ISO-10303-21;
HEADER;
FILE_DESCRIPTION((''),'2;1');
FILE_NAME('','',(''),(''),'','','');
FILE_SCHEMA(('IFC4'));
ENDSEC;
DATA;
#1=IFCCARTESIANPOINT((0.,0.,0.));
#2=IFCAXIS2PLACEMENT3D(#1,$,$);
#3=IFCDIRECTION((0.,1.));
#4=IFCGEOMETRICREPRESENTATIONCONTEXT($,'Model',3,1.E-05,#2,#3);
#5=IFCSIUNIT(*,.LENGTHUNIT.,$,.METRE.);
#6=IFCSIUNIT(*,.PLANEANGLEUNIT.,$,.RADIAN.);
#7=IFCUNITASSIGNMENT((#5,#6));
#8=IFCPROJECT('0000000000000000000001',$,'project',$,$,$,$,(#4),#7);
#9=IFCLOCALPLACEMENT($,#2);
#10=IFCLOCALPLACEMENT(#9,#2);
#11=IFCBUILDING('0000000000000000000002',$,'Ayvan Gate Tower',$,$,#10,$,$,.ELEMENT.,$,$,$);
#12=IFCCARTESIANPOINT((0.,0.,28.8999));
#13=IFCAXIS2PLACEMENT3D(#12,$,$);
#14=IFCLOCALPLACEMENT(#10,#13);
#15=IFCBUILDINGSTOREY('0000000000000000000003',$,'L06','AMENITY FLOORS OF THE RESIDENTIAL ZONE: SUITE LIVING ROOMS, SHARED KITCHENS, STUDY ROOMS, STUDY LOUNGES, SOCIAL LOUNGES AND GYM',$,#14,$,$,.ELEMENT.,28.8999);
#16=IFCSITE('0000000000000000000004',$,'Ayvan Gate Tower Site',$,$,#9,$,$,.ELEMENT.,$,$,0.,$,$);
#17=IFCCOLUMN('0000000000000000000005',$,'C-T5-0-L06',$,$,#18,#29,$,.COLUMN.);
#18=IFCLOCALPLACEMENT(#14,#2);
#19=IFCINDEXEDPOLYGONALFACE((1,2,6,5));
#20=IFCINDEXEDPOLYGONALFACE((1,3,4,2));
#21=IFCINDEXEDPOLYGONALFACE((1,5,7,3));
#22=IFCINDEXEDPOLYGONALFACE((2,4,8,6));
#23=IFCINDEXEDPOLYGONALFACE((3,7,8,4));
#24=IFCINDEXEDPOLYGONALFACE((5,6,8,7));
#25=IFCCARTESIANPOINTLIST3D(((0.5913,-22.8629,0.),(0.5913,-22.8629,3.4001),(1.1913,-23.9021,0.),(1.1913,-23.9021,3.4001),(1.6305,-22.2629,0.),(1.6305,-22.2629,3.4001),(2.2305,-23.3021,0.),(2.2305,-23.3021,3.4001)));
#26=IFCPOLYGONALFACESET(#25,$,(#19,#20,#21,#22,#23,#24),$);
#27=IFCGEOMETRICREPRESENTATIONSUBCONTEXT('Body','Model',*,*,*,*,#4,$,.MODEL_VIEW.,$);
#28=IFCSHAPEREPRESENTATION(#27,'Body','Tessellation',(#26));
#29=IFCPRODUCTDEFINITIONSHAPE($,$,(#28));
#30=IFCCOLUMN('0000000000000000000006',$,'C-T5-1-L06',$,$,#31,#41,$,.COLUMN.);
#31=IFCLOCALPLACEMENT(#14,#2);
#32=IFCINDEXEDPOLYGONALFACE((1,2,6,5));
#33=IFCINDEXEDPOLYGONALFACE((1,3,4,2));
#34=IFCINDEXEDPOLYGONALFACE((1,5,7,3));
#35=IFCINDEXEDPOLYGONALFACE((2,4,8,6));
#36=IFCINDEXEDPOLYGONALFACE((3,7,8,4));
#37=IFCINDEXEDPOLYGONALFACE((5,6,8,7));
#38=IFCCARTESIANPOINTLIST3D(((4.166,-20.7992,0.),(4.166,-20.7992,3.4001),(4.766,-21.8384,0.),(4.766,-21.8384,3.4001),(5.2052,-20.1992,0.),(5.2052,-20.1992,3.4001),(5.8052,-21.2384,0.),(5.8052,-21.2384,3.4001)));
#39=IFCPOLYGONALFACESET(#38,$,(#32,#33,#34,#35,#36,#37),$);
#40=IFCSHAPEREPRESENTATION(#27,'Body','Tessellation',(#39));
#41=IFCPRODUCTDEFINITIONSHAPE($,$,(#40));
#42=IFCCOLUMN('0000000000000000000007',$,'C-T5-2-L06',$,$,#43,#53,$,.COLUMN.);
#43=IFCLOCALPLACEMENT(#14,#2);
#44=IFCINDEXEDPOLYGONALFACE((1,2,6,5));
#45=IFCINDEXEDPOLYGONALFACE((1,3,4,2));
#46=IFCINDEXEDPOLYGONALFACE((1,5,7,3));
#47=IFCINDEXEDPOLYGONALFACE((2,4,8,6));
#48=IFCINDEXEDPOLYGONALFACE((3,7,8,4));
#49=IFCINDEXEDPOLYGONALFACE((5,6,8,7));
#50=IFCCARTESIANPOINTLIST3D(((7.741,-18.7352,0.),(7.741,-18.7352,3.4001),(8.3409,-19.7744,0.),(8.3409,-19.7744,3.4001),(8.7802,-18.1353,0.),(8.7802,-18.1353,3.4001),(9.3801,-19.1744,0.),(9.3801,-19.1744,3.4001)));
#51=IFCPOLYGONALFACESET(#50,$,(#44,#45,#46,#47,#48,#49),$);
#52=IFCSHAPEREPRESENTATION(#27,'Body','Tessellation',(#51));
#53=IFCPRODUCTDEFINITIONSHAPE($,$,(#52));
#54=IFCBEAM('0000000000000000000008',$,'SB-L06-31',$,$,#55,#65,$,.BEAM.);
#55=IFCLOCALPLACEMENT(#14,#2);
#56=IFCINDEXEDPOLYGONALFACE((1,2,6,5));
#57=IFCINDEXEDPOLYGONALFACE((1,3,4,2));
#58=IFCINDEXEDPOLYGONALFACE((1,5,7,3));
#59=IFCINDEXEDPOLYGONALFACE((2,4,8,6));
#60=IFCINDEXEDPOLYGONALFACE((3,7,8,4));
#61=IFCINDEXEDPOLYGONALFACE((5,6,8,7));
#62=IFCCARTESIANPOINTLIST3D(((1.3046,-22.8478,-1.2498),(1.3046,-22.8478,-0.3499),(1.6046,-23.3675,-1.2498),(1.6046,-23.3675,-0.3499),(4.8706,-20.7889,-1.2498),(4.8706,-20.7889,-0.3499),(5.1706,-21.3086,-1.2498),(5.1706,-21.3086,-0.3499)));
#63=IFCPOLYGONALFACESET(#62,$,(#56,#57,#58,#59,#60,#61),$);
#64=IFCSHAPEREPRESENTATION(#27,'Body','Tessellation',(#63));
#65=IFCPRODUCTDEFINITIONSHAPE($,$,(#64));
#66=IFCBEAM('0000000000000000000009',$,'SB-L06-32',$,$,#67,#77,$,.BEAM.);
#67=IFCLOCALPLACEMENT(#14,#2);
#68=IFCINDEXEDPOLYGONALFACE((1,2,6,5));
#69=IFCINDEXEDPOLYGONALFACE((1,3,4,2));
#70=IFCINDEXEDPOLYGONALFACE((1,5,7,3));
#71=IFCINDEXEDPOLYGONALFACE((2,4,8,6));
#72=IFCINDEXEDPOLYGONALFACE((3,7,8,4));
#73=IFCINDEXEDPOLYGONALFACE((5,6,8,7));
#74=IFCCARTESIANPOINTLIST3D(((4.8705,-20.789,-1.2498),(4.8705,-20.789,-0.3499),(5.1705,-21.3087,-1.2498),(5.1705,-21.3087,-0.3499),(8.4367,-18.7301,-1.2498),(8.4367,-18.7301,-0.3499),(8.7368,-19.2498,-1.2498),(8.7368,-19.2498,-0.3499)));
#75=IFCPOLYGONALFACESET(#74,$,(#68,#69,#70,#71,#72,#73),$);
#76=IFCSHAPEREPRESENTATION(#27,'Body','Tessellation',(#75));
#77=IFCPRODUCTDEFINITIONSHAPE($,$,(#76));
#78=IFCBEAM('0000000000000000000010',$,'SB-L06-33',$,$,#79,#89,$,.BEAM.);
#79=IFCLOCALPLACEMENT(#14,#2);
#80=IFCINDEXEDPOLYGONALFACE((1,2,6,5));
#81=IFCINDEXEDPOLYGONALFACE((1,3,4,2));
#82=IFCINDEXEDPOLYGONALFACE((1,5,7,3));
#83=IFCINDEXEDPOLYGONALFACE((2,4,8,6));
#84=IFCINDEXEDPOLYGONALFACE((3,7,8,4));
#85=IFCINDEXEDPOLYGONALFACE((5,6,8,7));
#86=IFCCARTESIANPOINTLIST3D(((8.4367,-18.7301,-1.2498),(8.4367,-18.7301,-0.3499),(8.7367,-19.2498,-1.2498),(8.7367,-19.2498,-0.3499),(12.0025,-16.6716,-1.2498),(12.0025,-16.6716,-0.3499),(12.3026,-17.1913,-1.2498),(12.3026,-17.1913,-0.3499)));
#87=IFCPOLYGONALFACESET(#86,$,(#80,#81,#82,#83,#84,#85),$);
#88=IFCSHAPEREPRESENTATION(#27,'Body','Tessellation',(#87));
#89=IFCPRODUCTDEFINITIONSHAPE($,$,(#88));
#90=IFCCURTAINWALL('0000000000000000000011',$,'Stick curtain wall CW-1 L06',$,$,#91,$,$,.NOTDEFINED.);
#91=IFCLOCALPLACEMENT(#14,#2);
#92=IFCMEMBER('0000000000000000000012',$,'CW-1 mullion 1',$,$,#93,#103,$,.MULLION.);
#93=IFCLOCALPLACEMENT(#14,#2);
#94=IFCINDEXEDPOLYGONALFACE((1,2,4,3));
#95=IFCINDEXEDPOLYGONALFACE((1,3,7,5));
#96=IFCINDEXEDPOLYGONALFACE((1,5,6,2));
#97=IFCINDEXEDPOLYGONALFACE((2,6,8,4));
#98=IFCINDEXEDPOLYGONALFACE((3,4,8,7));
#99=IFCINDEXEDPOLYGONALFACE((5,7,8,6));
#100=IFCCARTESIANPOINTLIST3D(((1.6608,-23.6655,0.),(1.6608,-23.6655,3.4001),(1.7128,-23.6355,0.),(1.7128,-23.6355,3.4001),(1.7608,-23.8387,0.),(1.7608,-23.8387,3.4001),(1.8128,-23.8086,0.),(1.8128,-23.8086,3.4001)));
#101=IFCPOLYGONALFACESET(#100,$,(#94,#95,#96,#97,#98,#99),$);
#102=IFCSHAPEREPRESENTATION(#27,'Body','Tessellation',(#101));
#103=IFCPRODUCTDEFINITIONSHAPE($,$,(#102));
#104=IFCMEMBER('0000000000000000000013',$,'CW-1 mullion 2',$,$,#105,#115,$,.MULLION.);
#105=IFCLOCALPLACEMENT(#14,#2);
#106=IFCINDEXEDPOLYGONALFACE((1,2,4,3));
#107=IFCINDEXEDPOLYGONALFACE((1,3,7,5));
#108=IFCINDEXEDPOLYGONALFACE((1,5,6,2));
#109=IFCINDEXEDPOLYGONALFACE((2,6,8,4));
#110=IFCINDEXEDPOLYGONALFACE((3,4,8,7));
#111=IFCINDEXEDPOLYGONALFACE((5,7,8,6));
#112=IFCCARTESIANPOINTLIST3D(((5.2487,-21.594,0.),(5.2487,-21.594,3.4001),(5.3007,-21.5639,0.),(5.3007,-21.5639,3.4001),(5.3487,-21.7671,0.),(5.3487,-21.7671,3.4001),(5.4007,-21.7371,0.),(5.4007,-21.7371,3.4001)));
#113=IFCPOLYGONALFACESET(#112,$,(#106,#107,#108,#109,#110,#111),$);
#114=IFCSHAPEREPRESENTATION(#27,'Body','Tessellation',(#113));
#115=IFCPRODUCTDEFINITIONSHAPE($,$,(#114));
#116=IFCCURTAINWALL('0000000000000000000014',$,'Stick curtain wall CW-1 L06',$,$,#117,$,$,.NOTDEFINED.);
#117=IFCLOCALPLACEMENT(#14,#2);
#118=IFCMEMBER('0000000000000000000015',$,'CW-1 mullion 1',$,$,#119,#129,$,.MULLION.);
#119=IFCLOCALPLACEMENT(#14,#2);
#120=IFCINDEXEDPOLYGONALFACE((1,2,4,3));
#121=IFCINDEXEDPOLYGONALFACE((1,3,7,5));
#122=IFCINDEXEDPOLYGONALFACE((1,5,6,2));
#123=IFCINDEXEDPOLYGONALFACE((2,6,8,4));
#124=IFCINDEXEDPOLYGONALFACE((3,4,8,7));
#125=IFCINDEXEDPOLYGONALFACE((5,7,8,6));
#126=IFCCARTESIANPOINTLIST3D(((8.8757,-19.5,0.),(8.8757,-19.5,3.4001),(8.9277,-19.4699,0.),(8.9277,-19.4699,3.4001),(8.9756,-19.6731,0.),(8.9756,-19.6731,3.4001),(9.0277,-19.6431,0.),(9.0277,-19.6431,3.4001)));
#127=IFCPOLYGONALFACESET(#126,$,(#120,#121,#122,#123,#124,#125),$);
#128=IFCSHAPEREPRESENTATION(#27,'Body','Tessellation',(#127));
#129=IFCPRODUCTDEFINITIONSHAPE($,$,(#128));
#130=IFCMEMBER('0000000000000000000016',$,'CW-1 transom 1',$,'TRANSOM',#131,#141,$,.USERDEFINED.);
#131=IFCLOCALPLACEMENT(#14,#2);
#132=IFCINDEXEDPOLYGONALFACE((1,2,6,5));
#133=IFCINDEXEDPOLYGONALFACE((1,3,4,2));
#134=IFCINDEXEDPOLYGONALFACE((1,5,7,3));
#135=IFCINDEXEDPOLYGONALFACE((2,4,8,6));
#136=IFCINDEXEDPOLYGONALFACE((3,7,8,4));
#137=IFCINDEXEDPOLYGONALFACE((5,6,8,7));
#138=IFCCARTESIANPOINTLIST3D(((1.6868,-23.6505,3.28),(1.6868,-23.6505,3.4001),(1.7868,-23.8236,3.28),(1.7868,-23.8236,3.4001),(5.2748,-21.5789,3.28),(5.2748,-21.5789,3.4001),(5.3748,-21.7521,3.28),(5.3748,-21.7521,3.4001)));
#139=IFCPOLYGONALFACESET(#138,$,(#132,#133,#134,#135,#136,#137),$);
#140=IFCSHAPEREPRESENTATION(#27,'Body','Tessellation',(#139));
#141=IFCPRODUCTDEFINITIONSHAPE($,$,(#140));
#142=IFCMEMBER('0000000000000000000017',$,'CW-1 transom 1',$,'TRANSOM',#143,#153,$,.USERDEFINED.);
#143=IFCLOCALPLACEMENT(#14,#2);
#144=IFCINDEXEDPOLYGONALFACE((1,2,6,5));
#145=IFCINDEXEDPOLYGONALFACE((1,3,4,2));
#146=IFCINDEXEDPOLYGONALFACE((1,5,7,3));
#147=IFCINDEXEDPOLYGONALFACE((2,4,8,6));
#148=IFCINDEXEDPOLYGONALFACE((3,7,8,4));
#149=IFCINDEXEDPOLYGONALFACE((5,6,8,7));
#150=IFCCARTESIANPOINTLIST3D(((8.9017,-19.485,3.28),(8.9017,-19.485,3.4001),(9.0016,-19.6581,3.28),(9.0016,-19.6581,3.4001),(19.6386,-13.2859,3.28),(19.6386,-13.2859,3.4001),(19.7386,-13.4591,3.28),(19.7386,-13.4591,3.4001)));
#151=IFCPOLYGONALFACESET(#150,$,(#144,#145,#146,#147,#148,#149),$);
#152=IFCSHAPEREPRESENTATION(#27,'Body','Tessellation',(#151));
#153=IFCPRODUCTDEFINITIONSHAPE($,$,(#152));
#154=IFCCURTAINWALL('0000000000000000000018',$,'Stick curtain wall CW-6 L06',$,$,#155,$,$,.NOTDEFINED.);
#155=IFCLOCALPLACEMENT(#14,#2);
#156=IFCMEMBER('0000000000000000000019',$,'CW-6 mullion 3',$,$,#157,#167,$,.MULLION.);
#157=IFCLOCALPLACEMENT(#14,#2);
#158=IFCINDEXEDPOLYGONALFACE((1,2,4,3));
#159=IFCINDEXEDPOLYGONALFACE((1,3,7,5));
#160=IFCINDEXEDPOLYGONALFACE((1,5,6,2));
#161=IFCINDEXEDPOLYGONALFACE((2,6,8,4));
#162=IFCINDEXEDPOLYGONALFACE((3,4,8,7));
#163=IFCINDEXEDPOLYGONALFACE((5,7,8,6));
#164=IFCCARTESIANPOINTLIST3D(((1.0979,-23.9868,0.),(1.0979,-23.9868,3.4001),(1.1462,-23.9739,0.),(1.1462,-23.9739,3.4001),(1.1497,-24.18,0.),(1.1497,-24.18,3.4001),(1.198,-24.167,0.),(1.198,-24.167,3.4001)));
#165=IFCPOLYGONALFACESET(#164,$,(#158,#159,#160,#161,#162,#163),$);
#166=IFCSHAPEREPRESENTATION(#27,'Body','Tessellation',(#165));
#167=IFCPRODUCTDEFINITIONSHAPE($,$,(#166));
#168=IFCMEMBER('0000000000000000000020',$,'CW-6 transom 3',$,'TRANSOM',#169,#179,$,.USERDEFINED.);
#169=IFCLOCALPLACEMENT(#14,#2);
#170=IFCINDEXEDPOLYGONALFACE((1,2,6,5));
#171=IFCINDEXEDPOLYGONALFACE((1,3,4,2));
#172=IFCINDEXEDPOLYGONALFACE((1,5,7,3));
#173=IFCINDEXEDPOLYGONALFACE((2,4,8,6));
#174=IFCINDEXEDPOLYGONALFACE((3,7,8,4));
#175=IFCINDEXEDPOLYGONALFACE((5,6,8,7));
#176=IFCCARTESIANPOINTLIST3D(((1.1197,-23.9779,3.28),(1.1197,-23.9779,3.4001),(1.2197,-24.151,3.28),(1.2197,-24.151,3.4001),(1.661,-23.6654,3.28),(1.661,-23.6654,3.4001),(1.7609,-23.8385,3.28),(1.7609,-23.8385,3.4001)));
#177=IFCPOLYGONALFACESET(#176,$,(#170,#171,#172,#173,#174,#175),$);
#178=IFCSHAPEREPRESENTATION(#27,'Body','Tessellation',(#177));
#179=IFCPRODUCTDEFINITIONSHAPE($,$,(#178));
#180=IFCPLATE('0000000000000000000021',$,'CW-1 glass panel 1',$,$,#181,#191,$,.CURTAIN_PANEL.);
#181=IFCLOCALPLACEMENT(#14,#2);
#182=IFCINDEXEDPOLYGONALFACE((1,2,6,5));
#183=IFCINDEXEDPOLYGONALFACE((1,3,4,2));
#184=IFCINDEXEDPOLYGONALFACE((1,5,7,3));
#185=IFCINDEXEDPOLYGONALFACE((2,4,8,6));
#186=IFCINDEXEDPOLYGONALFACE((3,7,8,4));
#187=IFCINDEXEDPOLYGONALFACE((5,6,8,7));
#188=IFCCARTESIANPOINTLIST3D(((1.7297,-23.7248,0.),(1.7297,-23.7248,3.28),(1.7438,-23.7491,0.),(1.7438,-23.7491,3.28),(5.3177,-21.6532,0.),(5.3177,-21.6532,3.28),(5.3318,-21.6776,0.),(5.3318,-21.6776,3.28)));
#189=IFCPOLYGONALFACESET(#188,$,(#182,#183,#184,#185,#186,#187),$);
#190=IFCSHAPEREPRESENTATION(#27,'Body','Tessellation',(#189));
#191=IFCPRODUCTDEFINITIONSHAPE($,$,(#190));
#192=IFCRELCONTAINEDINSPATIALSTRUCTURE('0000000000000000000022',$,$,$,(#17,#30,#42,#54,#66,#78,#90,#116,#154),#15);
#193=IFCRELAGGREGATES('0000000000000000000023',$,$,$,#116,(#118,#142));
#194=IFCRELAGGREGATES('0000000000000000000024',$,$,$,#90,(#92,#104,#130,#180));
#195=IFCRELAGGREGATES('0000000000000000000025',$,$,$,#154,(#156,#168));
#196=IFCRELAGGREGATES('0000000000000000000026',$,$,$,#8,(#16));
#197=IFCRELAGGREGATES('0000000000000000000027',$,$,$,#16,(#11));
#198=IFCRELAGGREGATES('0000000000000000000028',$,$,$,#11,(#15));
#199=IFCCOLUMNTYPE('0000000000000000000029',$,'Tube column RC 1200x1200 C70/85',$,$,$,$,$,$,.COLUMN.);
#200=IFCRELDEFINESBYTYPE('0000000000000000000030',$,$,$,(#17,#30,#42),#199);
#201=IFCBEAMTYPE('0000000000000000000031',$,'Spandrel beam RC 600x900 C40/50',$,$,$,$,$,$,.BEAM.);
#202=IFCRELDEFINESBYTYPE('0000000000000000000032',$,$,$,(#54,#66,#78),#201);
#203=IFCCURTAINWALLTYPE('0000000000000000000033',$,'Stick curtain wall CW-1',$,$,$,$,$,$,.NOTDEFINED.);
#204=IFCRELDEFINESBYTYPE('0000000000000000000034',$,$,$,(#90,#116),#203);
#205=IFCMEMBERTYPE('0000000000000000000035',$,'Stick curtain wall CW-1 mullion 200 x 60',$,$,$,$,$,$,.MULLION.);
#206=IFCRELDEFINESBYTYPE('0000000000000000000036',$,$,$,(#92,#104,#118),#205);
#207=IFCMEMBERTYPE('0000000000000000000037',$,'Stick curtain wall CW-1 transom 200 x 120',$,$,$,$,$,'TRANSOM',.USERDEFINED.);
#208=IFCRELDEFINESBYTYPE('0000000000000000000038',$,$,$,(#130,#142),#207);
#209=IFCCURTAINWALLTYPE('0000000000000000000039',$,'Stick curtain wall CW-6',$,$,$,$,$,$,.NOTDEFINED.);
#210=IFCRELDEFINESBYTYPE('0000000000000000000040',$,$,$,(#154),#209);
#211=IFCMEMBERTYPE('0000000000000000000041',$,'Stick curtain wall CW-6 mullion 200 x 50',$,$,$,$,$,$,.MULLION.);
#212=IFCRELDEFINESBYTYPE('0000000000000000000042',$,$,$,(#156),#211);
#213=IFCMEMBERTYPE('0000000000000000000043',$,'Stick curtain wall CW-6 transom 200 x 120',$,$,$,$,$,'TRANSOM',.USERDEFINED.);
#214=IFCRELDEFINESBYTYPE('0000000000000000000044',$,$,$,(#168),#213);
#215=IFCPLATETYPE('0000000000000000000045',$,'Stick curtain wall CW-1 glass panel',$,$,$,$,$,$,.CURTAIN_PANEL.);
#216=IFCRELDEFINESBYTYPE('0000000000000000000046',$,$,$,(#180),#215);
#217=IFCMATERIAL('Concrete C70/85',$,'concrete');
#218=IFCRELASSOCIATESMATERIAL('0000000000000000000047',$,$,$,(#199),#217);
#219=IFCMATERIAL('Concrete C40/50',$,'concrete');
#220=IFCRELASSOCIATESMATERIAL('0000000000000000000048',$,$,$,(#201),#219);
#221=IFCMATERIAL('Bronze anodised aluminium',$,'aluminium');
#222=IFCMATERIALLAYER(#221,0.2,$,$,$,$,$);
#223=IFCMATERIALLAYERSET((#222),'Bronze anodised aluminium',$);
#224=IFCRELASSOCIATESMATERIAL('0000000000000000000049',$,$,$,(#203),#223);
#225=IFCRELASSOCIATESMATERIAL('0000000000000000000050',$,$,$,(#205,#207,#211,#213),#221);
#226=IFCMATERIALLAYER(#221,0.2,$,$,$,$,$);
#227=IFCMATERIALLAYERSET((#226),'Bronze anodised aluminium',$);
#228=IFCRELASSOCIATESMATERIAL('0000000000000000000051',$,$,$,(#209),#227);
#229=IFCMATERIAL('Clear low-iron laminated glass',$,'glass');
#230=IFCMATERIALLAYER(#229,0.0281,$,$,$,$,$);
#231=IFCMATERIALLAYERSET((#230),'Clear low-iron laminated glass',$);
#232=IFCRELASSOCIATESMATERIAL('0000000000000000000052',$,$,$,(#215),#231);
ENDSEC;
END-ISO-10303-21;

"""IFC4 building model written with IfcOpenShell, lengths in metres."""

from ifc_helpers import new_model, si_unit, direction, frame, origin, origin_2d, place, context, subcontext, project, spatial, rectangle, extrude, material, layer, layer_set, material_profile, profile_set, type_object, element, aggregate, save


model = new_model("IFC4")

# Units and contexts
model_context = context("Model", 3, precision=1e-05, world=origin(), true_north=direction((0.0, 1.0)))
body_context = subcontext(model_context, "Body", "Model", "MODEL_VIEW")
ifc_project = project(units=[si_unit("LENGTHUNIT", "METRE"), si_unit("PLANEANGLEUNIT", "RADIAN")], contexts=[model_context])

# Site, building, storey
site_placement = place(None, origin())
site = spatial("IfcSite", under=ifc_project, at=site_placement, Name="Ayvan Gate Tower Site", CompositionType="ELEMENT", RefElevation=0.0)
building_placement = place(site_placement, origin())
building = spatial("IfcBuilding", under=site, at=building_placement, Name="Ayvan Gate Tower", CompositionType="ELEMENT")
storey_placement = place(building_placement, frame((0.0, 0.0, 28.8999)))
storey = spatial("IfcBuildingStorey", under=building, at=storey_placement, Name="L06", Description="AMENITY FLOORS OF THE RESIDENTIAL ZONE: SUITE LIVING ROOMS, SHARED KITCHENS, STUDY ROOMS, STUDY LOUNGES, SOCIAL LOUNGES AND GYM", CompositionType="ELEMENT", Elevation=28.8999)

# Columns
ifc_material_1 = material(Name="Concrete C70/85", Category="concrete")
ifc_material_profile_1 = material_profile(ifc_material_1, rectangle(XDim=1.2, YDim=1.2, at=origin_2d()), Name="RC 1200x1200")
ifc_profile_set_1 = profile_set([ifc_material_profile_1], Name="Concrete C70/85")
column_type = type_object("IfcColumnType", Name="Tube column RC 1200x1200 C70/85", PredefinedType="COLUMN", material=ifc_profile_set_1)
for number, where, z_axis, x_axis, name in (
    (1, (1.4109, -23.0825, 0.0), (0.0, 0.0, 1.0), (0.5, -0.866025, 0.0), "C-T5-0-L06"),
    (2, (4.9856, -21.0188, 0.0), (0.0, 0.0, 1.0), (0.5, -0.866025, 0.0), "C-T5-1-L06"),
    (3, (8.5605, -18.9548, 0.0), (0.0, 0.0, 1.0), (0.5, -0.866025, 0.0), "C-T5-2-L06"),
):
    element("IfcColumn", number, at=place(storey_placement, frame(where, z_axis=z_axis, x_axis=x_axis)), inside=storey, type_object=column_type, Name=name, PredefinedType="COLUMN", context=body_context, shape_type="SweptSolid", body=[
        extrude(rectangle(XDim=1.2, YDim=1.2, at=origin_2d()), origin(), (0.0, 0.0, 1.0), 3.4001),
    ])

# Beams
ifc_material_2 = material(Name="Concrete C40/50", Category="concrete")
ifc_material_profile_2 = material_profile(ifc_material_2, rectangle(XDim=0.6001, YDim=0.8999, at=origin_2d()), Name="RC 600x900")
ifc_profile_set_2 = profile_set([ifc_material_profile_2], Name="Concrete C40/50")
beam_type = type_object("IfcBeamType", Name="Spandrel beam RC 600x900 C40/50", PredefinedType="BEAM", material=ifc_profile_set_2)
beam_1_placement = place(storey_placement, frame((1.4546, -23.1077, -0.7998), z_axis=(0.86602, 0.50001, 0.0), x_axis=(-0.50001, 0.86602, 0.0)))
element("IfcBeam", 4, at=beam_1_placement, inside=storey, type_object=beam_type, Name="SB-L06-31", PredefinedType="BEAM", context=body_context, shape_type="SweptSolid", body=[
    extrude(rectangle(XDim=0.6001, YDim=0.8999, at=origin_2d()), origin(), (0.0, 0.0, 1.0), 4.1177),
])
beam_2_placement = place(storey_placement, frame((5.0205, -21.0488, -0.7998), z_axis=(0.866035, 0.499984, 0.0), x_axis=(-0.499984, 0.866035, 0.0)))
element("IfcBeam", 5, at=beam_2_placement, inside=storey, type_object=beam_type, Name="SB-L06-32", PredefinedType="BEAM", context=body_context, shape_type="SweptSolid", body=[
    extrude(rectangle(XDim=0.6001, YDim=0.8999, at=origin_2d()), origin(), (0.0, 0.0, 1.0), 4.1179),
])
beam_3_placement = place(storey_placement, frame((8.5867, -18.99, -0.7998), z_axis=(0.866045, 0.499965, 0.0), x_axis=(-0.499965, 0.866045, 0.0)))
element("IfcBeam", 6, at=beam_3_placement, inside=storey, type_object=beam_type, Name="SB-L06-33", PredefinedType="BEAM", context=body_context, shape_type="SweptSolid", body=[
    extrude(rectangle(XDim=0.6001, YDim=0.8999, at=origin_2d()), origin(), (0.0, 0.0, 1.0), 4.1174),
])

# Curtain wall, members
ifc_material_3 = material(Name="Bronze anodised aluminium", Category="aluminium")
ifc_layer_1 = layer(ifc_material_3, 0.2)
ifc_layer_set_1 = layer_set([ifc_layer_1], Name="Bronze anodised aluminium")
curtain_wall_type_1 = type_object("IfcCurtainWallType", Name="Stick curtain wall CW-1", PredefinedType="NOTDEFINED", material=ifc_layer_set_1)
curtain_wall_1_placement = place(storey_placement, origin())
curtain_wall_1 = element("IfcCurtainWall", 7, at=curtain_wall_1_placement, inside=storey, type_object=curtain_wall_type_1, Name="Stick curtain wall CW-1 L06", PredefinedType="NOTDEFINED")
ifc_material_profile_3 = material_profile(ifc_material_3, rectangle(XDim=0.2, YDim=0.0601, at=origin_2d()), Name="Stick curtain wall CW-1 mullion 200 x 60")
ifc_profile_set_3 = profile_set([ifc_material_profile_3], Name="Bronze anodised aluminium")
member_type_1 = type_object("IfcMemberType", Name="Stick curtain wall CW-1 mullion 200 x 60", PredefinedType="MULLION", material=ifc_profile_set_3)
member_1_placement = place(storey_placement, frame((1.7368, -23.7371, 0.0), z_axis=(0.0, 0.0, 1.0), x_axis=(0.5, -0.866025, 0.0)))
member_1 = element("IfcMember", 8, at=member_1_placement, type_object=member_type_1, Name="CW-1 mullion 1", PredefinedType="MULLION", context=body_context, shape_type="SweptSolid", body=[
    extrude(rectangle(XDim=0.2, YDim=0.0601, at=origin_2d()), origin(), (0.0, 0.0, 1.0), 3.4001),
])
member_2_placement = place(storey_placement, frame((5.3247, -21.6655, 0.0), z_axis=(0.0, 0.0, 1.0), x_axis=(0.5, -0.866025, 0.0)))
member_2 = element("IfcMember", 9, at=member_2_placement, type_object=member_type_1, Name="CW-1 mullion 2", PredefinedType="MULLION", context=body_context, shape_type="SweptSolid", body=[
    extrude(rectangle(XDim=0.2, YDim=0.0601, at=origin_2d()), origin(), (0.0, 0.0, 1.0), 3.4001),
])

# Curtain wall, member
curtain_wall_2_placement = place(storey_placement, origin())
curtain_wall_2 = element("IfcCurtainWall", 10, at=curtain_wall_2_placement, inside=storey, type_object=curtain_wall_type_1, Name="Stick curtain wall CW-1 L06", PredefinedType="NOTDEFINED")
member_3_placement = place(storey_placement, frame((8.9517, -19.5715, 0.0), z_axis=(0.0, 0.0, 1.0), x_axis=(0.5, -0.866025, 0.0)))
member_3 = element("IfcMember", 11, at=member_3_placement, type_object=member_type_1, Name="CW-1 mullion 1", PredefinedType="MULLION", context=body_context, shape_type="SweptSolid", body=[
    extrude(rectangle(XDim=0.2, YDim=0.0601, at=origin_2d()), origin(), (0.0, 0.0, 1.0), 3.4001),
])

# Members
ifc_material_profile_4 = material_profile(ifc_material_3, rectangle(XDim=0.2, YDim=0.1201, at=origin_2d()), Name="Stick curtain wall CW-1 transom 200 x 120")
ifc_profile_set_4 = profile_set([ifc_material_profile_4], Name="Bronze anodised aluminium")
member_type_2 = type_object("IfcMemberType", Name="Stick curtain wall CW-1 transom 200 x 120", ElementType="TRANSOM", PredefinedType="USERDEFINED", material=ifc_profile_set_4)
member_4_placement = place(storey_placement, frame((1.7368, -23.7371, 3.3401), z_axis=(0.866019, 0.500012, 0.0), x_axis=(-0.500012, 0.866019, 0.0)))
member_4 = element("IfcMember", 12, at=member_4_placement, type_object=member_type_2, Name="CW-1 transom 1", ObjectType="TRANSOM", PredefinedType="USERDEFINED", context=body_context, shape_type="SweptSolid", body=[
    extrude(rectangle(XDim=0.2, YDim=0.1201, at=origin_2d()), origin(), (0.0, 0.0, 1.0), 4.1431),
])
member_5_placement = place(storey_placement, frame((8.9517, -19.5715, 3.3401), z_axis=(0.866023, 0.500004, 0.0), x_axis=(-0.500004, 0.866023, 0.0)))
member_5 = element("IfcMember", 13, at=member_5_placement, type_object=member_type_2, Name="CW-1 transom 1", ObjectType="TRANSOM", PredefinedType="USERDEFINED", context=body_context, shape_type="SweptSolid", body=[
    extrude(rectangle(XDim=0.2, YDim=0.1201, at=origin_2d()), origin(), (0.0, 0.0, 1.0), 12.3979),
])
aggregate(curtain_wall_2, [member_3, member_5])

# Curtain wall, members
ifc_layer_2 = layer(ifc_material_3, 0.2)
ifc_layer_set_2 = layer_set([ifc_layer_2], Name="Bronze anodised aluminium")
curtain_wall_type_2 = type_object("IfcCurtainWallType", Name="Stick curtain wall CW-6", PredefinedType="NOTDEFINED", material=ifc_layer_set_2)
curtain_wall_3_placement = place(storey_placement, origin())
curtain_wall_3 = element("IfcCurtainWall", 14, at=curtain_wall_3_placement, inside=storey, type_object=curtain_wall_type_2, Name="Stick curtain wall CW-6 L06", PredefinedType="NOTDEFINED")
ifc_material_profile_5 = material_profile(ifc_material_3, rectangle(XDim=0.2, YDim=0.05, at=origin_2d()), Name="Stick curtain wall CW-6 mullion 200 x 50")
ifc_profile_set_5 = profile_set([ifc_material_profile_5], Name="Bronze anodised aluminium")
member_type_3 = type_object("IfcMemberType", Name="Stick curtain wall CW-6 mullion 200 x 50", PredefinedType="MULLION", material=ifc_profile_set_5)
member_6_placement = place(storey_placement, frame((1.1479, -24.0769, 0.0), z_axis=(0.0, 0.0, 1.0), x_axis=(0.258819, -0.965926, 0.0)))
member_6 = element("IfcMember", 15, at=member_6_placement, type_object=member_type_3, Name="CW-6 mullion 3", PredefinedType="MULLION", context=body_context, shape_type="SweptSolid", body=[
    extrude(rectangle(XDim=0.2, YDim=0.05, at=origin_2d()), origin(), (0.0, 0.0, 1.0), 3.4001),
])
ifc_material_profile_6 = material_profile(ifc_material_3, rectangle(XDim=0.2, YDim=0.1201, at=origin_2d()), Name="Stick curtain wall CW-6 transom 200 x 120")
ifc_profile_set_6 = profile_set([ifc_material_profile_6], Name="Bronze anodised aluminium")
member_type_4 = type_object("IfcMemberType", Name="Stick curtain wall CW-6 transom 200 x 120", ElementType="TRANSOM", PredefinedType="USERDEFINED", material=ifc_profile_set_6)
member_7_placement = place(storey_placement, frame((1.1697, -24.0645, 3.3401), z_axis=(0.866023, 0.500004, 0.0), x_axis=(-0.500004, 0.866023, 0.0)))
member_7 = element("IfcMember", 16, at=member_7_placement, type_object=member_type_4, Name="CW-6 transom 3", ObjectType="TRANSOM", PredefinedType="USERDEFINED", context=body_context, shape_type="SweptSolid", body=[
    extrude(rectangle(XDim=0.2, YDim=0.1201, at=origin_2d()), origin(), (0.0, 0.0, 1.0), 0.625),
])

# Plate
ifc_material_4 = material(Name="Clear low-iron laminated glass", Category="glass")
ifc_layer_3 = layer(ifc_material_4, 0.0281)
ifc_layer_set_3 = layer_set([ifc_layer_3], Name="Clear low-iron laminated glass")
plate_type_1 = type_object("IfcPlateType", Name="Stick curtain wall CW-1 glass panel", PredefinedType="CURTAIN_PANEL", material=ifc_layer_set_3)
plate_1_placement = place(storey_placement, frame((3.5308, -22.7012, 0.0), z_axis=(0.0, 0.0, 1.0), x_axis=(0.866025, 0.5, 0.0)))
plate_1 = element("IfcPlate", 17, at=plate_1_placement, type_object=plate_type_1, Name="CW-1 glass panel 1", PredefinedType="CURTAIN_PANEL", context=body_context, shape_type="SweptSolid", body=[
    extrude(rectangle(XDim=4.1431, YDim=0.0281, at=origin_2d()), origin(), (0.0, 0.0, 1.0), 3.28),
])
aggregate(curtain_wall_1, [member_1, member_2, member_4, plate_1])
aggregate(curtain_wall_3, [member_6, member_7])

save(model, "model.ifc")
